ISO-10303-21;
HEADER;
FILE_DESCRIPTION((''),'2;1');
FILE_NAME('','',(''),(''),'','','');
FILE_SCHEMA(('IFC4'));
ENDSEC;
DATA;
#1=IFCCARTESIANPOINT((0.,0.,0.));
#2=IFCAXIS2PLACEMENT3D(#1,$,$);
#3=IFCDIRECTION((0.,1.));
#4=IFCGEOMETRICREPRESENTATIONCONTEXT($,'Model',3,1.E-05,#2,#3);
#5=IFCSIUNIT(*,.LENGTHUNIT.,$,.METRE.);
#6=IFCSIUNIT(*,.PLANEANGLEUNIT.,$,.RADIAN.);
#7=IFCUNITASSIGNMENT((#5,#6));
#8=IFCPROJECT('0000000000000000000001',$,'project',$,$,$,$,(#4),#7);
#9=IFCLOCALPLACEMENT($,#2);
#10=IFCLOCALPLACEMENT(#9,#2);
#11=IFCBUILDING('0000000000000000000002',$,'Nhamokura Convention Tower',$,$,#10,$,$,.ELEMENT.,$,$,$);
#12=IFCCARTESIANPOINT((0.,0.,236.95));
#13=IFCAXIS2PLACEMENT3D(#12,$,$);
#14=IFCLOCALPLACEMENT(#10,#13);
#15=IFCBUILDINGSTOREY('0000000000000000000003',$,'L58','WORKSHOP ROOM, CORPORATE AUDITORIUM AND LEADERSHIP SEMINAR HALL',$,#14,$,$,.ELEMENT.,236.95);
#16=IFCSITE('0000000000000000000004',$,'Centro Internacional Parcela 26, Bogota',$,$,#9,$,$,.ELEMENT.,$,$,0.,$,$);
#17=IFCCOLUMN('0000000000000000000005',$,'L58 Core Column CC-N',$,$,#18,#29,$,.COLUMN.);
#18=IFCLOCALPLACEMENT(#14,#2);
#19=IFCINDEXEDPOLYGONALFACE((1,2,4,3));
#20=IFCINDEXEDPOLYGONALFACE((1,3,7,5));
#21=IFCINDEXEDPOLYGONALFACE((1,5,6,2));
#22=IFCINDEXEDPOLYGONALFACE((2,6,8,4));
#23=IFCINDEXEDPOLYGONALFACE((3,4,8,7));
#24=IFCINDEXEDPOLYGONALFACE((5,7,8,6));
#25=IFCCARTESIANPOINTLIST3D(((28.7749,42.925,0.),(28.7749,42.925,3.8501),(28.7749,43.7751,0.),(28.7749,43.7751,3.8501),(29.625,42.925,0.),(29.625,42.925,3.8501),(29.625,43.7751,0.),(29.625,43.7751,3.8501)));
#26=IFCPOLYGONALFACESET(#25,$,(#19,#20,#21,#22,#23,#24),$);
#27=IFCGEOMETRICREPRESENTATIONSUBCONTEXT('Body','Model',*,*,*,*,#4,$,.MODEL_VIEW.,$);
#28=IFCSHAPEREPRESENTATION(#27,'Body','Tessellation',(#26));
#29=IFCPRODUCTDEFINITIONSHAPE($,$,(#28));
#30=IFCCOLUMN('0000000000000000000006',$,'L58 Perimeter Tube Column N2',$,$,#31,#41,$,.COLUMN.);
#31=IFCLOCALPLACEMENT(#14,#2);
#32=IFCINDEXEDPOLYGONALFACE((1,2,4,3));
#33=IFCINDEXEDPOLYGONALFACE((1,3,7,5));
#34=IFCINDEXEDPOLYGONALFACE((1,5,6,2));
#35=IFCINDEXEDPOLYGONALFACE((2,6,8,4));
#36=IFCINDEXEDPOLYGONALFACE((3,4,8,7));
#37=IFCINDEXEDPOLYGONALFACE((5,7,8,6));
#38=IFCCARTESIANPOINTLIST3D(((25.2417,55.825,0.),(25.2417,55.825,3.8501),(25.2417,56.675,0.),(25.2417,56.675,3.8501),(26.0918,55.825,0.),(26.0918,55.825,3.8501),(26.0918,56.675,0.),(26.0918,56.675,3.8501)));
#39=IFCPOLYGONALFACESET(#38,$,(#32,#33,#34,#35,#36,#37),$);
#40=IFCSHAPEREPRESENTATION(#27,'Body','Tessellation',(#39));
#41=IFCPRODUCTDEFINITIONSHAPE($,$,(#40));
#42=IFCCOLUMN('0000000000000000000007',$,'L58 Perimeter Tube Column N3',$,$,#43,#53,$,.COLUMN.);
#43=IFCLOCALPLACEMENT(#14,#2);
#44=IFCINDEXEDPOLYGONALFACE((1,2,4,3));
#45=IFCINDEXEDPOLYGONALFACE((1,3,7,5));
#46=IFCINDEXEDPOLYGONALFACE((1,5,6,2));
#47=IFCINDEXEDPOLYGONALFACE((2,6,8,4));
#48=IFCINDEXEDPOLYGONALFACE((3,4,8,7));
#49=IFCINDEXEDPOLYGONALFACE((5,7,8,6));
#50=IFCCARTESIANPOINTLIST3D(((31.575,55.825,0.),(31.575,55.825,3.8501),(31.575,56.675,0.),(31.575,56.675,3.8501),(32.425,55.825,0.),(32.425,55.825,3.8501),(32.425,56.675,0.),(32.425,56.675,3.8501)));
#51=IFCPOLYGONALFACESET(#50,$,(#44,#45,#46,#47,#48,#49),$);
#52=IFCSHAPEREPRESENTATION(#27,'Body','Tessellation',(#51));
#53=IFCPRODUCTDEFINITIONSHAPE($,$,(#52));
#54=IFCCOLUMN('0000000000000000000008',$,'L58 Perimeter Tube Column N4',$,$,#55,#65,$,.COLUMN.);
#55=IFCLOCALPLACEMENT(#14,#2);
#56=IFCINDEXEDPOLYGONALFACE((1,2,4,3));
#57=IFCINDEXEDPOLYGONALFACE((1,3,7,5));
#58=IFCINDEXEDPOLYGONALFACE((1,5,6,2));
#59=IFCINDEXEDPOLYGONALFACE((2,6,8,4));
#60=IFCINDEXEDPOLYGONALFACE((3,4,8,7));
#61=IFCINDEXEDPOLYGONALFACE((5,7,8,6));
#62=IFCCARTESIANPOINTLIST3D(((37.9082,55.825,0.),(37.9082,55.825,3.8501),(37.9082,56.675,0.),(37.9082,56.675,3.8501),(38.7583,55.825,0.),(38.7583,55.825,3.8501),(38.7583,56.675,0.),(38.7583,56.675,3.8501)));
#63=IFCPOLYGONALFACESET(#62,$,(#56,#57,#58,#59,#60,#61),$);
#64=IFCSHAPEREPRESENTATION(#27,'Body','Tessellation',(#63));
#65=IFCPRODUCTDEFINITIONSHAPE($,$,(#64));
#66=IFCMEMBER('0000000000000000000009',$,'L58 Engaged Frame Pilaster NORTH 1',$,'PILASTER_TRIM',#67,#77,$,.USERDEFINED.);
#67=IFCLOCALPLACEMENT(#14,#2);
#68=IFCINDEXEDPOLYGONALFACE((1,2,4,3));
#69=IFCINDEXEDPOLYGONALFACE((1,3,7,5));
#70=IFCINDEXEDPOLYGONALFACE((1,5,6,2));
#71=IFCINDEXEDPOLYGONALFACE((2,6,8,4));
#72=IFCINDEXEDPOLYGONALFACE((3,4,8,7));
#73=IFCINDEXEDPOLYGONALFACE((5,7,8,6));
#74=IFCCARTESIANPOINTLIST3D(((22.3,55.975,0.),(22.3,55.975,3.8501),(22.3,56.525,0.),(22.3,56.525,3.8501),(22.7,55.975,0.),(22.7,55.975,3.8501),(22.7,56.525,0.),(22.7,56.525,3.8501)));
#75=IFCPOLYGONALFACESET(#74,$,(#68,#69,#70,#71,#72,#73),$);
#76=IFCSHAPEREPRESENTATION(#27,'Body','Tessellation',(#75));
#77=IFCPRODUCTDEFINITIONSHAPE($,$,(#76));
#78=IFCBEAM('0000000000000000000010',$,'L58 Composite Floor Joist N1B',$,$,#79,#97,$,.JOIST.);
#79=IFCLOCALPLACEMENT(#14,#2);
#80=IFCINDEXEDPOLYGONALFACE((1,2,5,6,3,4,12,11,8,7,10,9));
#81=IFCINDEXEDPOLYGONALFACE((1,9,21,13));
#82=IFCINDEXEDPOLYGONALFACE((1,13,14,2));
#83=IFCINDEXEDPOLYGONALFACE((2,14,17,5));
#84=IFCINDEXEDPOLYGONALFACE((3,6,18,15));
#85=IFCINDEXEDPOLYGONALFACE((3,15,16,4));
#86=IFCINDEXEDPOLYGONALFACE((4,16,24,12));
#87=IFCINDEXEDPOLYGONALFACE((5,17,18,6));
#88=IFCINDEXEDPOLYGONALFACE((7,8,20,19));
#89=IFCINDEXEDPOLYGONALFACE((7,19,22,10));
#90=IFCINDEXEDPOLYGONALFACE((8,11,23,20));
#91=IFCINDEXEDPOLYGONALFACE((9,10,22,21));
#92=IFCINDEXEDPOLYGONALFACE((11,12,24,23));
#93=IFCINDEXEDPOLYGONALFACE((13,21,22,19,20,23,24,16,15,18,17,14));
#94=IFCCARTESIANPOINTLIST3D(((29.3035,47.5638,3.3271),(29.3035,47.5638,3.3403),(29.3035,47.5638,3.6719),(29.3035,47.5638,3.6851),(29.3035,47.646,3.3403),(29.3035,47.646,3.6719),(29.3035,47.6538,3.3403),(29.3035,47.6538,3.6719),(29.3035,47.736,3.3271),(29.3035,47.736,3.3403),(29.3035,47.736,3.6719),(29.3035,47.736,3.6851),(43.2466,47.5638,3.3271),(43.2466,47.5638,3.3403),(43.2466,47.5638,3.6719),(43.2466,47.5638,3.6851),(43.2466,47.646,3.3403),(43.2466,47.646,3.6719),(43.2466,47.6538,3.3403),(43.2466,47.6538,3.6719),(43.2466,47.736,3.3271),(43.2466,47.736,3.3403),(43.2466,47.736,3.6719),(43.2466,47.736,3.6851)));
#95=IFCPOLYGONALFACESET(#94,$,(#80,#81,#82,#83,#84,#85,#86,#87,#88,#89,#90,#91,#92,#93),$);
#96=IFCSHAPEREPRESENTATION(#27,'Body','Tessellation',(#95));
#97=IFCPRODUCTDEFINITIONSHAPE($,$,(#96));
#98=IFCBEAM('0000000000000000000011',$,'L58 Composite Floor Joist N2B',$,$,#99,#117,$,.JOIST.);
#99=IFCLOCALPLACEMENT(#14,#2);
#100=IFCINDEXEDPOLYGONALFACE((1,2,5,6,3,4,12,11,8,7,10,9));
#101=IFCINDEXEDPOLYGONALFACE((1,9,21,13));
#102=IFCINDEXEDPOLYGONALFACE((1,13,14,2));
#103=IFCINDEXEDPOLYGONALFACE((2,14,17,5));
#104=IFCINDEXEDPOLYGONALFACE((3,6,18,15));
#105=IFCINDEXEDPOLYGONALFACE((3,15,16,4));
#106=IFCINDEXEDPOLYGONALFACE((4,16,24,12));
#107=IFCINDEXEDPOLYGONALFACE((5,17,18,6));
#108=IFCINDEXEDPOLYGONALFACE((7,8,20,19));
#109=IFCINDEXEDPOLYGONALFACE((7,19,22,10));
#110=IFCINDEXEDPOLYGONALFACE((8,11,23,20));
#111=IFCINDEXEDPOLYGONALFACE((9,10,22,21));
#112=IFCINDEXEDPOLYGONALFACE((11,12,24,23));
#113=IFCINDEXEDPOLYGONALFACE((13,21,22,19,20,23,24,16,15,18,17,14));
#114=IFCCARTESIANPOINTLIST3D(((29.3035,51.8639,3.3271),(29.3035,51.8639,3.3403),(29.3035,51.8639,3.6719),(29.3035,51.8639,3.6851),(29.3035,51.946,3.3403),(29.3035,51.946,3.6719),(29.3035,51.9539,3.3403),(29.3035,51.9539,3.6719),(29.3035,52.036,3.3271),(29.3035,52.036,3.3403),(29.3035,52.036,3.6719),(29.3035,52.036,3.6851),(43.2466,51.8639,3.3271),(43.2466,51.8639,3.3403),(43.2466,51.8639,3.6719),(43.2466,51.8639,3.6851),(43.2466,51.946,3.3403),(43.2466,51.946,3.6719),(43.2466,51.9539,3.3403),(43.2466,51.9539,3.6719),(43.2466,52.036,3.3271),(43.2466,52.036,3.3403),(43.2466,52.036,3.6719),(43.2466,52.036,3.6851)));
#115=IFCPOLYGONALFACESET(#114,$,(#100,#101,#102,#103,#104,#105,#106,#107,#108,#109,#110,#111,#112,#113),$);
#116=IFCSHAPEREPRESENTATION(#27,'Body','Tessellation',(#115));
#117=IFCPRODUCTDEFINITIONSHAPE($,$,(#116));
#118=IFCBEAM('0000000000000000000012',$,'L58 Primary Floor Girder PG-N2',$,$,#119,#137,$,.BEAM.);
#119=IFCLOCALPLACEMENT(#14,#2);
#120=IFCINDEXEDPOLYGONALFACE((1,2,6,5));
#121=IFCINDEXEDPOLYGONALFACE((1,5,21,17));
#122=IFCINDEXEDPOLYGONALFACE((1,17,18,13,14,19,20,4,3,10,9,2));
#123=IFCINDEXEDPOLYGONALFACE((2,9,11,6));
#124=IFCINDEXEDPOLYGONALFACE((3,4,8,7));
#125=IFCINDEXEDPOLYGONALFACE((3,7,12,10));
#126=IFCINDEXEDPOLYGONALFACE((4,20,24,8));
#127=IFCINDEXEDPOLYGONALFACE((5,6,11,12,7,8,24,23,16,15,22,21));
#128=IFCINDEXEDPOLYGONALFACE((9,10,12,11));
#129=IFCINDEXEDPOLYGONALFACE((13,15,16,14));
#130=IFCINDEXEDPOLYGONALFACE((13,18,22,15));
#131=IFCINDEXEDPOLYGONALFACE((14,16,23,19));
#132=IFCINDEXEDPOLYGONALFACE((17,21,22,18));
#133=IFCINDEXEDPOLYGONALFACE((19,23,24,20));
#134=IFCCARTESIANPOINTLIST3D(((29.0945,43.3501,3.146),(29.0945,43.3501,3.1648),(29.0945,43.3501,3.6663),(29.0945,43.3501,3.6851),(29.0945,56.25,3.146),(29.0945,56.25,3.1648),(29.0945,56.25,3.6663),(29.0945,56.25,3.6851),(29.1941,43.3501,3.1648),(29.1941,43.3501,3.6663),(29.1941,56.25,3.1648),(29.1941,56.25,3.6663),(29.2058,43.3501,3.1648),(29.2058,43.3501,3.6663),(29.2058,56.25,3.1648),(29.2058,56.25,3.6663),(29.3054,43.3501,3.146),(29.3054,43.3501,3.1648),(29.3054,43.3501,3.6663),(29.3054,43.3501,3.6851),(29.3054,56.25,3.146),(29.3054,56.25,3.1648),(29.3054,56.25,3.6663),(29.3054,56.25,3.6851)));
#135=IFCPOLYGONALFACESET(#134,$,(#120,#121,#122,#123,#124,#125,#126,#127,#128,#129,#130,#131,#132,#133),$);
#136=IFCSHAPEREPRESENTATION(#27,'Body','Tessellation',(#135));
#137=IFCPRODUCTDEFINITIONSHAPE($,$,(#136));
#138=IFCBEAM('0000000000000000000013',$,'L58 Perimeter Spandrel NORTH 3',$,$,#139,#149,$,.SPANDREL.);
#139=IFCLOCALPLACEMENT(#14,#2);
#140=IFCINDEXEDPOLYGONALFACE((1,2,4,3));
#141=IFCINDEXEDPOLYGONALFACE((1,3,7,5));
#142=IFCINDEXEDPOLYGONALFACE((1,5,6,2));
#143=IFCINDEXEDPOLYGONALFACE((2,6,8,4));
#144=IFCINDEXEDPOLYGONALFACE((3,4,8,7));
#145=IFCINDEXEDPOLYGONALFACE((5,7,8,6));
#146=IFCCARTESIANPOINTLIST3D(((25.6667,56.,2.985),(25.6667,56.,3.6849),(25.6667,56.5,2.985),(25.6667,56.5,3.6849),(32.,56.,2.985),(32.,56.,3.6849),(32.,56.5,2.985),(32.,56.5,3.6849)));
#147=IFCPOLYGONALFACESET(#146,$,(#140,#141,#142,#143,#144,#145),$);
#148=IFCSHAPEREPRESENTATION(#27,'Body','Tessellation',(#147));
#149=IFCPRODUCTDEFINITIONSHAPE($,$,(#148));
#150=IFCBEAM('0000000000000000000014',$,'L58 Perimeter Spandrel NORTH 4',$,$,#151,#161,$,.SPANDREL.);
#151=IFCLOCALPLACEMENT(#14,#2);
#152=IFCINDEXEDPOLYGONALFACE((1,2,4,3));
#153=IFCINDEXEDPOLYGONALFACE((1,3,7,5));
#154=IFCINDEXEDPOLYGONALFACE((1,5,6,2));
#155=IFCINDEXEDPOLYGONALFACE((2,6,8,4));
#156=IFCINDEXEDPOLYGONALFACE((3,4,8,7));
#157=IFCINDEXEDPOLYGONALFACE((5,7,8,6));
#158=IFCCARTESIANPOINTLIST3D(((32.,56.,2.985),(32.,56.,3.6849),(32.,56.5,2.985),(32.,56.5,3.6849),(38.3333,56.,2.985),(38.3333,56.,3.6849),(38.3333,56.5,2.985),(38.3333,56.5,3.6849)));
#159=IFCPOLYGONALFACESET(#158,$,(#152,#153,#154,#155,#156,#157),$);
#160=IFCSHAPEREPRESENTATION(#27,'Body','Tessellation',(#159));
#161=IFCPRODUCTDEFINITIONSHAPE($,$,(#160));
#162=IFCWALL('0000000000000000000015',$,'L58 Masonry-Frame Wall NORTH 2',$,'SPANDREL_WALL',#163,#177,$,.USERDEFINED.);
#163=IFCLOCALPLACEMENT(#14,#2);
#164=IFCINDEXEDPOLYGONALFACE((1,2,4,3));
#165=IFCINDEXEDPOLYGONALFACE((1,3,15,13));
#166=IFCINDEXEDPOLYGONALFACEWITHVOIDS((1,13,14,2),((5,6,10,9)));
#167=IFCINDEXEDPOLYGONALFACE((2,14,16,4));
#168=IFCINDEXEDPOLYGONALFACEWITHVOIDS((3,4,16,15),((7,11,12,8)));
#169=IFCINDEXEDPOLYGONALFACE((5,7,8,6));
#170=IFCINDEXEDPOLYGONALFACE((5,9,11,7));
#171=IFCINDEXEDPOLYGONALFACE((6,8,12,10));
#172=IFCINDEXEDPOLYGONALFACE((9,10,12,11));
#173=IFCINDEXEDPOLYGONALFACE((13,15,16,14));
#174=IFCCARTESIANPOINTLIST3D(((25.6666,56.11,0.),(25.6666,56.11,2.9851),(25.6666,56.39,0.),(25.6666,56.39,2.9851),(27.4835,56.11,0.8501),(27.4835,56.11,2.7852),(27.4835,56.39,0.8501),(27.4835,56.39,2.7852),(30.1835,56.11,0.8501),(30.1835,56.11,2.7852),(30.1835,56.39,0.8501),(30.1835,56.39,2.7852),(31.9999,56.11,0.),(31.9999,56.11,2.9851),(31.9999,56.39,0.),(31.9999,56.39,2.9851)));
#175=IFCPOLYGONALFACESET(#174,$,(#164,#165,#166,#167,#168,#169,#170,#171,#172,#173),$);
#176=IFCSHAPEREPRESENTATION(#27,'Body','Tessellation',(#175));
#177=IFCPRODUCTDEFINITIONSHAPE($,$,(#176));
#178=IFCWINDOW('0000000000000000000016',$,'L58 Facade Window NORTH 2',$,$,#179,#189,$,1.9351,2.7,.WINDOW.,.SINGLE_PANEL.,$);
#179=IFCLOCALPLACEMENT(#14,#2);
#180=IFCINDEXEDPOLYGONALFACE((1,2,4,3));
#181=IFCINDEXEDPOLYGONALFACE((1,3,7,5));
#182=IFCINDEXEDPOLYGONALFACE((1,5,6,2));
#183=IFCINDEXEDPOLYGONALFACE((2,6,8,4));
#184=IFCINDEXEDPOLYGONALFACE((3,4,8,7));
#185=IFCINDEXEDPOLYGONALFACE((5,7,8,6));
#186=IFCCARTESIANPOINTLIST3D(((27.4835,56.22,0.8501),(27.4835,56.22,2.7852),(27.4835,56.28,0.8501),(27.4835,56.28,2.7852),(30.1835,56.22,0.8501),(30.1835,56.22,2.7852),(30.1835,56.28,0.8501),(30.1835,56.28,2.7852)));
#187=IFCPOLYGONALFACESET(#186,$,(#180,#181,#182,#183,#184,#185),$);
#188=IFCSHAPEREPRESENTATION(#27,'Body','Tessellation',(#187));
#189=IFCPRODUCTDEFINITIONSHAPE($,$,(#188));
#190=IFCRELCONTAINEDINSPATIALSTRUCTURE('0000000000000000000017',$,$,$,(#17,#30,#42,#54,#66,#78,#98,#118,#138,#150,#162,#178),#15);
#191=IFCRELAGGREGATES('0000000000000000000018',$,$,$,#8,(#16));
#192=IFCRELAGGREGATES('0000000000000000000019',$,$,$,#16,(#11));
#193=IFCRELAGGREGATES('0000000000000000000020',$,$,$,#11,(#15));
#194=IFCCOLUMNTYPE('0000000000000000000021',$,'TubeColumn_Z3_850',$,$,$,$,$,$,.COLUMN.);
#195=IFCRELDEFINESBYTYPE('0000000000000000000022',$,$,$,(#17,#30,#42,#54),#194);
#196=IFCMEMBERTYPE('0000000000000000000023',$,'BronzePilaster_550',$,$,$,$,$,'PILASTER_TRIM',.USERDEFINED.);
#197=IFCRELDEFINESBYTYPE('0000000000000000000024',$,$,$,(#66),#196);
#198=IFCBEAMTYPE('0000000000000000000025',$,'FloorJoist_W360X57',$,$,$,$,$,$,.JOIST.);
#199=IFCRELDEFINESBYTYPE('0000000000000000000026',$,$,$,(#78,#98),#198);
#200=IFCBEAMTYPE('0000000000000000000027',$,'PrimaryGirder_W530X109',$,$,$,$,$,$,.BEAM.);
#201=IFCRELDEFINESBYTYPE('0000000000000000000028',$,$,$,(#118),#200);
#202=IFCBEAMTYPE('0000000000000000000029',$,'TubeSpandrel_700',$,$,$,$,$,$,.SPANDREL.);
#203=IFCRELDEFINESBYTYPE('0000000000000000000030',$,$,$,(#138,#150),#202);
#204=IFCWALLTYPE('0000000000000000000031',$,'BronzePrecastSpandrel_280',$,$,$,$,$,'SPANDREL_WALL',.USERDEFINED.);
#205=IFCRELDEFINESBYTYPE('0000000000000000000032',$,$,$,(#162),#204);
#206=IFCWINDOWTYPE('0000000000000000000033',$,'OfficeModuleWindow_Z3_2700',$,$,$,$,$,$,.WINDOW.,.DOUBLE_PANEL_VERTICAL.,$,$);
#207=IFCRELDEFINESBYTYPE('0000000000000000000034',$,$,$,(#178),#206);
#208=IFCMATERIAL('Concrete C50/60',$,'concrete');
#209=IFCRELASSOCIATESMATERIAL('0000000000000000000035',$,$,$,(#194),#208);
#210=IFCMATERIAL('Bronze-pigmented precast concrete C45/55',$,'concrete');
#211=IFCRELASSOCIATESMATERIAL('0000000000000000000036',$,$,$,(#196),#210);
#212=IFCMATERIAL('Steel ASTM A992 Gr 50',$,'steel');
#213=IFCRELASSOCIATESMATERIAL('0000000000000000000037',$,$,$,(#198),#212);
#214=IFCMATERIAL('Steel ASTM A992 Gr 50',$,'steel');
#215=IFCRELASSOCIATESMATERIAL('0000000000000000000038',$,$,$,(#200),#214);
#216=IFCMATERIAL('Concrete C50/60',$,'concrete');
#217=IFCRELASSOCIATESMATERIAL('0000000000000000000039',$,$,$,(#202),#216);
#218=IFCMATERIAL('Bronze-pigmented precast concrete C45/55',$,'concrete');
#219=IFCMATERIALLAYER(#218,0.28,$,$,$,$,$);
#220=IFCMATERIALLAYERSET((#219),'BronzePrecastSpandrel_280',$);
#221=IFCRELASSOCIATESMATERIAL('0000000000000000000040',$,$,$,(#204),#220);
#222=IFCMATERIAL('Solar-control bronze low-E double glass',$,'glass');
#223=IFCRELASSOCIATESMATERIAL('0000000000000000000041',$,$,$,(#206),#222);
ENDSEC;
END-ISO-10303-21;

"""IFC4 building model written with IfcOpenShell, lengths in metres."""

from ifc_helpers import new_model, si_unit, direction, frame, frame_2d, origin, origin_2d, place, context, subcontext, project, spatial, rectangle, i_section, extrude, material, layer, layer_set, material_profile, profile_set, type_object, element, fill, save


model = new_model("IFC4")

# Units and contexts
model_context = context("Model", 3, precision=1e-05, world=origin(), true_north=direction((0.0, 1.0)))
body_context = subcontext(model_context, "Body", "Model", "MODEL_VIEW")
ifc_project = project(units=[si_unit("LENGTHUNIT", "METRE"), si_unit("PLANEANGLEUNIT", "RADIAN")], contexts=[model_context])

# Site, building, storey
site_placement = place(None, origin())
site = spatial("IfcSite", under=ifc_project, at=site_placement, Name="Centro Internacional Parcela 26, Bogota", CompositionType="ELEMENT", RefElevation=0.0)
building_placement = place(site_placement, origin())
building = spatial("IfcBuilding", under=site, at=building_placement, Name="Nhamokura Convention Tower", CompositionType="ELEMENT")
storey_placement = place(building_placement, frame((0.0, 0.0, 236.95)))
storey = spatial("IfcBuildingStorey", under=building, at=storey_placement, Name="L58", Description="WORKSHOP ROOM, CORPORATE AUDITORIUM AND LEADERSHIP SEMINAR HALL", CompositionType="ELEMENT", Elevation=236.95)

# Columns
ifc_material_1 = material(Name="Concrete C50/60", Category="concrete")
ifc_material_profile_1 = material_profile(ifc_material_1, rectangle(XDim=0.8501, YDim=0.8501, at=origin_2d()))
ifc_profile_set_1 = profile_set([ifc_material_profile_1], Name="Concrete C50/60")
column_type = type_object("IfcColumnType", Name="TubeColumn_Z3_850", PredefinedType="COLUMN", material=ifc_profile_set_1)
for number, where, z_axis, x_axis, name in (
    (1, (29.2, 43.3501, 0.0), (0.0, 0.0, 1.0), (1.0, 0.0, 0.0), "L58 Core Column CC-N"),
    (2, (25.6667, 56.25, 0.0), (0.0, 0.0, 1.0), (1.0, 0.0, 0.0), "L58 Perimeter Tube Column N2"),
    (3, (32.0, 56.25, 0.0), (0.0, 0.0, 1.0), (1.0, 0.0, 0.0), "L58 Perimeter Tube Column N3"),
    (4, (38.3333, 56.25, 0.0), (0.0, 0.0, 1.0), (1.0, 0.0, 0.0), "L58 Perimeter Tube Column N4"),
):
    element("IfcColumn", number, at=place(storey_placement, frame(where, z_axis=z_axis, x_axis=x_axis)), inside=storey, type_object=column_type, Name=name, PredefinedType="COLUMN", context=body_context, shape_type="SweptSolid", body=[
        extrude(rectangle(XDim=0.8501, YDim=0.8501, at=origin_2d()), origin(), (0.0, 0.0, 1.0), 3.8501),
    ])

# Member
ifc_material_2 = material(Name="Bronze-pigmented precast concrete C45/55", Category="concrete")
ifc_material_profile_2 = material_profile(ifc_material_2, rectangle(XDim=0.3999, YDim=0.55, at=origin_2d()))
ifc_profile_set_2 = profile_set([ifc_material_profile_2], Name="Bronze-pigmented precast concrete C45/55")
member_type = type_object("IfcMemberType", Name="BronzePilaster_550", ElementType="PILASTER_TRIM", PredefinedType="USERDEFINED", material=ifc_profile_set_2)
member_placement = place(storey_placement, frame((22.5, 56.25, 0.0), z_axis=(0.0, 0.0, 1.0), x_axis=(1.0, 0.0, 0.0)))
element("IfcMember", 5, at=member_placement, inside=storey, type_object=member_type, Name="L58 Engaged Frame Pilaster NORTH 1", ObjectType="PILASTER_TRIM", PredefinedType="USERDEFINED", context=body_context, shape_type="SweptSolid", body=[
    extrude(rectangle(XDim=0.3999, YDim=0.55, at=origin_2d()), origin(), (0.0, 0.0, 1.0), 3.8501),
])

# Beams
ifc_material_3 = material(Name="Steel ASTM A992 Gr 50", Category="steel")
ifc_material_profile_3 = material_profile(ifc_material_3, i_section(OverallWidth=0.1721, OverallDepth=0.3579, WebThickness=0.0078, FlangeThickness=0.0132, at=origin_2d()))
ifc_profile_set_3 = profile_set([ifc_material_profile_3], Name="Steel ASTM A992 Gr 50")
beam_type_1 = type_object("IfcBeamType", Name="FloorJoist_W360X57", PredefinedType="JOIST", material=ifc_profile_set_3)
for number, where, z_axis, x_axis, name in (
    (6, (29.3035, 47.6499, 3.5061), (1.0, 0.0, 0.0), (0.0, 1.0, 0.0), "L58 Composite Floor Joist N1B"),
    (7, (29.3035, 51.95, 3.5061), (1.0, 0.0, 0.0), (0.0, 1.0, 0.0), "L58 Composite Floor Joist N2B"),
):
    element("IfcBeam", number, at=place(storey_placement, frame(where, z_axis=z_axis, x_axis=x_axis)), inside=storey, type_object=beam_type_1, Name=name, PredefinedType="JOIST", context=body_context, shape_type="SweptSolid", body=[
        extrude(i_section(OverallWidth=0.1721, OverallDepth=0.3579, WebThickness=0.0078, FlangeThickness=0.0132, at=origin_2d()), origin(), (0.0, 0.0, 1.0), 13.9431),
    ])
ifc_material_4 = material(Name="Steel ASTM A992 Gr 50", Category="steel")
ifc_material_profile_4 = material_profile(ifc_material_4, i_section(OverallWidth=0.2109, OverallDepth=0.5391, WebThickness=0.0117, FlangeThickness=0.0188, at=origin_2d()))
ifc_profile_set_4 = profile_set([ifc_material_profile_4], Name="Steel ASTM A992 Gr 50")
beam_type_2 = type_object("IfcBeamType", Name="PrimaryGirder_W530X109", PredefinedType="BEAM", material=ifc_profile_set_4)
beam_placement = place(storey_placement, frame((29.2, 43.3501, 3.4155), z_axis=(0.0, 1.0, 0.0), x_axis=(-1.0, 0.0, 0.0)))
element("IfcBeam", 8, at=beam_placement, inside=storey, type_object=beam_type_2, Name="L58 Primary Floor Girder PG-N2", PredefinedType="BEAM", context=body_context, shape_type="SweptSolid", body=[
    extrude(i_section(OverallWidth=0.2109, OverallDepth=0.5391, WebThickness=0.0117, FlangeThickness=0.0188, at=origin_2d()), origin(), (0.0, 0.0, 1.0), 12.8999),
])
ifc_material_5 = material(Name="Concrete C50/60", Category="concrete")
ifc_material_profile_5 = material_profile(ifc_material_5, rectangle(XDim=0.5, YDim=0.7, at=origin_2d()))
ifc_profile_set_5 = profile_set([ifc_material_profile_5], Name="Concrete C50/60")
beam_type_3 = type_object("IfcBeamType", Name="TubeSpandrel_700", PredefinedType="SPANDREL", material=ifc_profile_set_5)
for number, where, z_axis, x_axis, name in (
    (9, (25.6667, 56.25, 3.335), (1.0, 0.0, 0.0), (0.0, 1.0, 0.0), "L58 Perimeter Spandrel NORTH 3"),
    (10, (32.0, 56.25, 3.335), (1.0, 0.0, 0.0), (0.0, 1.0, 0.0), "L58 Perimeter Spandrel NORTH 4"),
):
    element("IfcBeam", number, at=place(storey_placement, frame(where, z_axis=z_axis, x_axis=x_axis)), inside=storey, type_object=beam_type_3, Name=name, PredefinedType="SPANDREL", context=body_context, shape_type="SweptSolid", body=[
        extrude(rectangle(XDim=0.5, YDim=0.7, at=origin_2d()), origin(), (0.0, 0.0, 1.0), 6.3333),
    ])

# Wall, opening, window
ifc_material_6 = material(Name="Bronze-pigmented precast concrete C45/55", Category="concrete")
ifc_layer_1 = layer(ifc_material_6, 0.28)
ifc_layer_set_1 = layer_set([ifc_layer_1], Name="BronzePrecastSpandrel_280")
wall_type_1 = type_object("IfcWallType", Name="BronzePrecastSpandrel_280", ElementType="SPANDREL_WALL", PredefinedType="USERDEFINED", material=ifc_layer_set_1)
wall_1_placement = place(storey_placement, frame((25.6667, 56.25, 0.0), z_axis=(0.0, 0.0, 1.0), x_axis=(1.0, 0.0, 0.0)))
wall_1 = element("IfcWall", 11, at=wall_1_placement, inside=storey, type_object=wall_type_1, Name="L58 Masonry-Frame Wall NORTH 2", ObjectType="SPANDREL_WALL", PredefinedType="USERDEFINED", context=body_context, shape_type="SweptSolid", body=[
    extrude(rectangle(XDim=6.3333, YDim=0.28, at=frame_2d((3.1665, 0.0))), origin(), (0.0, 0.0, 1.0), 2.9851),
])
opening_1_placement = place(wall_1_placement, frame((1.8167, 0.0, 0.8501)))
opening_1 = element("IfcOpeningElement", 12, at=opening_1_placement, cuts=wall_1, PredefinedType="OPENING", context=body_context, shape_type="SweptSolid", body=[
    extrude(rectangle(XDim=2.7, YDim=1.9351, at=frame_2d((1.3501, 0.9675))), frame((0.0, 0.1499, 0.0), z_axis=(0.0, -1.0, 0.0), x_axis=(1.0, 0.0, 0.0)), (0.0, 0.0, 1.0), 0.3),
])
ifc_material_7 = material(Name="Solar-control bronze low-E double glass", Category="glass")
window_type = type_object("IfcWindowType", Name="OfficeModuleWindow_Z3_2700", PartitioningType="DOUBLE_PANEL_VERTICAL", PredefinedType="WINDOW", material=ifc_material_7)
window_1_placement = place(opening_1_placement, origin())
window_1 = element("IfcWindow", 13, at=window_1_placement, inside=storey, type_object=window_type, Name="L58 Facade Window NORTH 2", OverallHeight=1.9351, OverallWidth=2.7, PartitioningType="SINGLE_PANEL", PredefinedType="WINDOW", context=body_context, shape_type="SweptSolid", body=[
    extrude(rectangle(XDim=2.7, YDim=1.9351, at=frame_2d((1.3501, 0.9675))), frame((0.0, 0.03, 0.0), z_axis=(0.0, -1.0, 0.0), x_axis=(1.0, 0.0, 0.0)), (0.0, 0.0, 1.0), 0.0601),
])
fill(opening_1, window_1)

save(model, "model.ifc")
